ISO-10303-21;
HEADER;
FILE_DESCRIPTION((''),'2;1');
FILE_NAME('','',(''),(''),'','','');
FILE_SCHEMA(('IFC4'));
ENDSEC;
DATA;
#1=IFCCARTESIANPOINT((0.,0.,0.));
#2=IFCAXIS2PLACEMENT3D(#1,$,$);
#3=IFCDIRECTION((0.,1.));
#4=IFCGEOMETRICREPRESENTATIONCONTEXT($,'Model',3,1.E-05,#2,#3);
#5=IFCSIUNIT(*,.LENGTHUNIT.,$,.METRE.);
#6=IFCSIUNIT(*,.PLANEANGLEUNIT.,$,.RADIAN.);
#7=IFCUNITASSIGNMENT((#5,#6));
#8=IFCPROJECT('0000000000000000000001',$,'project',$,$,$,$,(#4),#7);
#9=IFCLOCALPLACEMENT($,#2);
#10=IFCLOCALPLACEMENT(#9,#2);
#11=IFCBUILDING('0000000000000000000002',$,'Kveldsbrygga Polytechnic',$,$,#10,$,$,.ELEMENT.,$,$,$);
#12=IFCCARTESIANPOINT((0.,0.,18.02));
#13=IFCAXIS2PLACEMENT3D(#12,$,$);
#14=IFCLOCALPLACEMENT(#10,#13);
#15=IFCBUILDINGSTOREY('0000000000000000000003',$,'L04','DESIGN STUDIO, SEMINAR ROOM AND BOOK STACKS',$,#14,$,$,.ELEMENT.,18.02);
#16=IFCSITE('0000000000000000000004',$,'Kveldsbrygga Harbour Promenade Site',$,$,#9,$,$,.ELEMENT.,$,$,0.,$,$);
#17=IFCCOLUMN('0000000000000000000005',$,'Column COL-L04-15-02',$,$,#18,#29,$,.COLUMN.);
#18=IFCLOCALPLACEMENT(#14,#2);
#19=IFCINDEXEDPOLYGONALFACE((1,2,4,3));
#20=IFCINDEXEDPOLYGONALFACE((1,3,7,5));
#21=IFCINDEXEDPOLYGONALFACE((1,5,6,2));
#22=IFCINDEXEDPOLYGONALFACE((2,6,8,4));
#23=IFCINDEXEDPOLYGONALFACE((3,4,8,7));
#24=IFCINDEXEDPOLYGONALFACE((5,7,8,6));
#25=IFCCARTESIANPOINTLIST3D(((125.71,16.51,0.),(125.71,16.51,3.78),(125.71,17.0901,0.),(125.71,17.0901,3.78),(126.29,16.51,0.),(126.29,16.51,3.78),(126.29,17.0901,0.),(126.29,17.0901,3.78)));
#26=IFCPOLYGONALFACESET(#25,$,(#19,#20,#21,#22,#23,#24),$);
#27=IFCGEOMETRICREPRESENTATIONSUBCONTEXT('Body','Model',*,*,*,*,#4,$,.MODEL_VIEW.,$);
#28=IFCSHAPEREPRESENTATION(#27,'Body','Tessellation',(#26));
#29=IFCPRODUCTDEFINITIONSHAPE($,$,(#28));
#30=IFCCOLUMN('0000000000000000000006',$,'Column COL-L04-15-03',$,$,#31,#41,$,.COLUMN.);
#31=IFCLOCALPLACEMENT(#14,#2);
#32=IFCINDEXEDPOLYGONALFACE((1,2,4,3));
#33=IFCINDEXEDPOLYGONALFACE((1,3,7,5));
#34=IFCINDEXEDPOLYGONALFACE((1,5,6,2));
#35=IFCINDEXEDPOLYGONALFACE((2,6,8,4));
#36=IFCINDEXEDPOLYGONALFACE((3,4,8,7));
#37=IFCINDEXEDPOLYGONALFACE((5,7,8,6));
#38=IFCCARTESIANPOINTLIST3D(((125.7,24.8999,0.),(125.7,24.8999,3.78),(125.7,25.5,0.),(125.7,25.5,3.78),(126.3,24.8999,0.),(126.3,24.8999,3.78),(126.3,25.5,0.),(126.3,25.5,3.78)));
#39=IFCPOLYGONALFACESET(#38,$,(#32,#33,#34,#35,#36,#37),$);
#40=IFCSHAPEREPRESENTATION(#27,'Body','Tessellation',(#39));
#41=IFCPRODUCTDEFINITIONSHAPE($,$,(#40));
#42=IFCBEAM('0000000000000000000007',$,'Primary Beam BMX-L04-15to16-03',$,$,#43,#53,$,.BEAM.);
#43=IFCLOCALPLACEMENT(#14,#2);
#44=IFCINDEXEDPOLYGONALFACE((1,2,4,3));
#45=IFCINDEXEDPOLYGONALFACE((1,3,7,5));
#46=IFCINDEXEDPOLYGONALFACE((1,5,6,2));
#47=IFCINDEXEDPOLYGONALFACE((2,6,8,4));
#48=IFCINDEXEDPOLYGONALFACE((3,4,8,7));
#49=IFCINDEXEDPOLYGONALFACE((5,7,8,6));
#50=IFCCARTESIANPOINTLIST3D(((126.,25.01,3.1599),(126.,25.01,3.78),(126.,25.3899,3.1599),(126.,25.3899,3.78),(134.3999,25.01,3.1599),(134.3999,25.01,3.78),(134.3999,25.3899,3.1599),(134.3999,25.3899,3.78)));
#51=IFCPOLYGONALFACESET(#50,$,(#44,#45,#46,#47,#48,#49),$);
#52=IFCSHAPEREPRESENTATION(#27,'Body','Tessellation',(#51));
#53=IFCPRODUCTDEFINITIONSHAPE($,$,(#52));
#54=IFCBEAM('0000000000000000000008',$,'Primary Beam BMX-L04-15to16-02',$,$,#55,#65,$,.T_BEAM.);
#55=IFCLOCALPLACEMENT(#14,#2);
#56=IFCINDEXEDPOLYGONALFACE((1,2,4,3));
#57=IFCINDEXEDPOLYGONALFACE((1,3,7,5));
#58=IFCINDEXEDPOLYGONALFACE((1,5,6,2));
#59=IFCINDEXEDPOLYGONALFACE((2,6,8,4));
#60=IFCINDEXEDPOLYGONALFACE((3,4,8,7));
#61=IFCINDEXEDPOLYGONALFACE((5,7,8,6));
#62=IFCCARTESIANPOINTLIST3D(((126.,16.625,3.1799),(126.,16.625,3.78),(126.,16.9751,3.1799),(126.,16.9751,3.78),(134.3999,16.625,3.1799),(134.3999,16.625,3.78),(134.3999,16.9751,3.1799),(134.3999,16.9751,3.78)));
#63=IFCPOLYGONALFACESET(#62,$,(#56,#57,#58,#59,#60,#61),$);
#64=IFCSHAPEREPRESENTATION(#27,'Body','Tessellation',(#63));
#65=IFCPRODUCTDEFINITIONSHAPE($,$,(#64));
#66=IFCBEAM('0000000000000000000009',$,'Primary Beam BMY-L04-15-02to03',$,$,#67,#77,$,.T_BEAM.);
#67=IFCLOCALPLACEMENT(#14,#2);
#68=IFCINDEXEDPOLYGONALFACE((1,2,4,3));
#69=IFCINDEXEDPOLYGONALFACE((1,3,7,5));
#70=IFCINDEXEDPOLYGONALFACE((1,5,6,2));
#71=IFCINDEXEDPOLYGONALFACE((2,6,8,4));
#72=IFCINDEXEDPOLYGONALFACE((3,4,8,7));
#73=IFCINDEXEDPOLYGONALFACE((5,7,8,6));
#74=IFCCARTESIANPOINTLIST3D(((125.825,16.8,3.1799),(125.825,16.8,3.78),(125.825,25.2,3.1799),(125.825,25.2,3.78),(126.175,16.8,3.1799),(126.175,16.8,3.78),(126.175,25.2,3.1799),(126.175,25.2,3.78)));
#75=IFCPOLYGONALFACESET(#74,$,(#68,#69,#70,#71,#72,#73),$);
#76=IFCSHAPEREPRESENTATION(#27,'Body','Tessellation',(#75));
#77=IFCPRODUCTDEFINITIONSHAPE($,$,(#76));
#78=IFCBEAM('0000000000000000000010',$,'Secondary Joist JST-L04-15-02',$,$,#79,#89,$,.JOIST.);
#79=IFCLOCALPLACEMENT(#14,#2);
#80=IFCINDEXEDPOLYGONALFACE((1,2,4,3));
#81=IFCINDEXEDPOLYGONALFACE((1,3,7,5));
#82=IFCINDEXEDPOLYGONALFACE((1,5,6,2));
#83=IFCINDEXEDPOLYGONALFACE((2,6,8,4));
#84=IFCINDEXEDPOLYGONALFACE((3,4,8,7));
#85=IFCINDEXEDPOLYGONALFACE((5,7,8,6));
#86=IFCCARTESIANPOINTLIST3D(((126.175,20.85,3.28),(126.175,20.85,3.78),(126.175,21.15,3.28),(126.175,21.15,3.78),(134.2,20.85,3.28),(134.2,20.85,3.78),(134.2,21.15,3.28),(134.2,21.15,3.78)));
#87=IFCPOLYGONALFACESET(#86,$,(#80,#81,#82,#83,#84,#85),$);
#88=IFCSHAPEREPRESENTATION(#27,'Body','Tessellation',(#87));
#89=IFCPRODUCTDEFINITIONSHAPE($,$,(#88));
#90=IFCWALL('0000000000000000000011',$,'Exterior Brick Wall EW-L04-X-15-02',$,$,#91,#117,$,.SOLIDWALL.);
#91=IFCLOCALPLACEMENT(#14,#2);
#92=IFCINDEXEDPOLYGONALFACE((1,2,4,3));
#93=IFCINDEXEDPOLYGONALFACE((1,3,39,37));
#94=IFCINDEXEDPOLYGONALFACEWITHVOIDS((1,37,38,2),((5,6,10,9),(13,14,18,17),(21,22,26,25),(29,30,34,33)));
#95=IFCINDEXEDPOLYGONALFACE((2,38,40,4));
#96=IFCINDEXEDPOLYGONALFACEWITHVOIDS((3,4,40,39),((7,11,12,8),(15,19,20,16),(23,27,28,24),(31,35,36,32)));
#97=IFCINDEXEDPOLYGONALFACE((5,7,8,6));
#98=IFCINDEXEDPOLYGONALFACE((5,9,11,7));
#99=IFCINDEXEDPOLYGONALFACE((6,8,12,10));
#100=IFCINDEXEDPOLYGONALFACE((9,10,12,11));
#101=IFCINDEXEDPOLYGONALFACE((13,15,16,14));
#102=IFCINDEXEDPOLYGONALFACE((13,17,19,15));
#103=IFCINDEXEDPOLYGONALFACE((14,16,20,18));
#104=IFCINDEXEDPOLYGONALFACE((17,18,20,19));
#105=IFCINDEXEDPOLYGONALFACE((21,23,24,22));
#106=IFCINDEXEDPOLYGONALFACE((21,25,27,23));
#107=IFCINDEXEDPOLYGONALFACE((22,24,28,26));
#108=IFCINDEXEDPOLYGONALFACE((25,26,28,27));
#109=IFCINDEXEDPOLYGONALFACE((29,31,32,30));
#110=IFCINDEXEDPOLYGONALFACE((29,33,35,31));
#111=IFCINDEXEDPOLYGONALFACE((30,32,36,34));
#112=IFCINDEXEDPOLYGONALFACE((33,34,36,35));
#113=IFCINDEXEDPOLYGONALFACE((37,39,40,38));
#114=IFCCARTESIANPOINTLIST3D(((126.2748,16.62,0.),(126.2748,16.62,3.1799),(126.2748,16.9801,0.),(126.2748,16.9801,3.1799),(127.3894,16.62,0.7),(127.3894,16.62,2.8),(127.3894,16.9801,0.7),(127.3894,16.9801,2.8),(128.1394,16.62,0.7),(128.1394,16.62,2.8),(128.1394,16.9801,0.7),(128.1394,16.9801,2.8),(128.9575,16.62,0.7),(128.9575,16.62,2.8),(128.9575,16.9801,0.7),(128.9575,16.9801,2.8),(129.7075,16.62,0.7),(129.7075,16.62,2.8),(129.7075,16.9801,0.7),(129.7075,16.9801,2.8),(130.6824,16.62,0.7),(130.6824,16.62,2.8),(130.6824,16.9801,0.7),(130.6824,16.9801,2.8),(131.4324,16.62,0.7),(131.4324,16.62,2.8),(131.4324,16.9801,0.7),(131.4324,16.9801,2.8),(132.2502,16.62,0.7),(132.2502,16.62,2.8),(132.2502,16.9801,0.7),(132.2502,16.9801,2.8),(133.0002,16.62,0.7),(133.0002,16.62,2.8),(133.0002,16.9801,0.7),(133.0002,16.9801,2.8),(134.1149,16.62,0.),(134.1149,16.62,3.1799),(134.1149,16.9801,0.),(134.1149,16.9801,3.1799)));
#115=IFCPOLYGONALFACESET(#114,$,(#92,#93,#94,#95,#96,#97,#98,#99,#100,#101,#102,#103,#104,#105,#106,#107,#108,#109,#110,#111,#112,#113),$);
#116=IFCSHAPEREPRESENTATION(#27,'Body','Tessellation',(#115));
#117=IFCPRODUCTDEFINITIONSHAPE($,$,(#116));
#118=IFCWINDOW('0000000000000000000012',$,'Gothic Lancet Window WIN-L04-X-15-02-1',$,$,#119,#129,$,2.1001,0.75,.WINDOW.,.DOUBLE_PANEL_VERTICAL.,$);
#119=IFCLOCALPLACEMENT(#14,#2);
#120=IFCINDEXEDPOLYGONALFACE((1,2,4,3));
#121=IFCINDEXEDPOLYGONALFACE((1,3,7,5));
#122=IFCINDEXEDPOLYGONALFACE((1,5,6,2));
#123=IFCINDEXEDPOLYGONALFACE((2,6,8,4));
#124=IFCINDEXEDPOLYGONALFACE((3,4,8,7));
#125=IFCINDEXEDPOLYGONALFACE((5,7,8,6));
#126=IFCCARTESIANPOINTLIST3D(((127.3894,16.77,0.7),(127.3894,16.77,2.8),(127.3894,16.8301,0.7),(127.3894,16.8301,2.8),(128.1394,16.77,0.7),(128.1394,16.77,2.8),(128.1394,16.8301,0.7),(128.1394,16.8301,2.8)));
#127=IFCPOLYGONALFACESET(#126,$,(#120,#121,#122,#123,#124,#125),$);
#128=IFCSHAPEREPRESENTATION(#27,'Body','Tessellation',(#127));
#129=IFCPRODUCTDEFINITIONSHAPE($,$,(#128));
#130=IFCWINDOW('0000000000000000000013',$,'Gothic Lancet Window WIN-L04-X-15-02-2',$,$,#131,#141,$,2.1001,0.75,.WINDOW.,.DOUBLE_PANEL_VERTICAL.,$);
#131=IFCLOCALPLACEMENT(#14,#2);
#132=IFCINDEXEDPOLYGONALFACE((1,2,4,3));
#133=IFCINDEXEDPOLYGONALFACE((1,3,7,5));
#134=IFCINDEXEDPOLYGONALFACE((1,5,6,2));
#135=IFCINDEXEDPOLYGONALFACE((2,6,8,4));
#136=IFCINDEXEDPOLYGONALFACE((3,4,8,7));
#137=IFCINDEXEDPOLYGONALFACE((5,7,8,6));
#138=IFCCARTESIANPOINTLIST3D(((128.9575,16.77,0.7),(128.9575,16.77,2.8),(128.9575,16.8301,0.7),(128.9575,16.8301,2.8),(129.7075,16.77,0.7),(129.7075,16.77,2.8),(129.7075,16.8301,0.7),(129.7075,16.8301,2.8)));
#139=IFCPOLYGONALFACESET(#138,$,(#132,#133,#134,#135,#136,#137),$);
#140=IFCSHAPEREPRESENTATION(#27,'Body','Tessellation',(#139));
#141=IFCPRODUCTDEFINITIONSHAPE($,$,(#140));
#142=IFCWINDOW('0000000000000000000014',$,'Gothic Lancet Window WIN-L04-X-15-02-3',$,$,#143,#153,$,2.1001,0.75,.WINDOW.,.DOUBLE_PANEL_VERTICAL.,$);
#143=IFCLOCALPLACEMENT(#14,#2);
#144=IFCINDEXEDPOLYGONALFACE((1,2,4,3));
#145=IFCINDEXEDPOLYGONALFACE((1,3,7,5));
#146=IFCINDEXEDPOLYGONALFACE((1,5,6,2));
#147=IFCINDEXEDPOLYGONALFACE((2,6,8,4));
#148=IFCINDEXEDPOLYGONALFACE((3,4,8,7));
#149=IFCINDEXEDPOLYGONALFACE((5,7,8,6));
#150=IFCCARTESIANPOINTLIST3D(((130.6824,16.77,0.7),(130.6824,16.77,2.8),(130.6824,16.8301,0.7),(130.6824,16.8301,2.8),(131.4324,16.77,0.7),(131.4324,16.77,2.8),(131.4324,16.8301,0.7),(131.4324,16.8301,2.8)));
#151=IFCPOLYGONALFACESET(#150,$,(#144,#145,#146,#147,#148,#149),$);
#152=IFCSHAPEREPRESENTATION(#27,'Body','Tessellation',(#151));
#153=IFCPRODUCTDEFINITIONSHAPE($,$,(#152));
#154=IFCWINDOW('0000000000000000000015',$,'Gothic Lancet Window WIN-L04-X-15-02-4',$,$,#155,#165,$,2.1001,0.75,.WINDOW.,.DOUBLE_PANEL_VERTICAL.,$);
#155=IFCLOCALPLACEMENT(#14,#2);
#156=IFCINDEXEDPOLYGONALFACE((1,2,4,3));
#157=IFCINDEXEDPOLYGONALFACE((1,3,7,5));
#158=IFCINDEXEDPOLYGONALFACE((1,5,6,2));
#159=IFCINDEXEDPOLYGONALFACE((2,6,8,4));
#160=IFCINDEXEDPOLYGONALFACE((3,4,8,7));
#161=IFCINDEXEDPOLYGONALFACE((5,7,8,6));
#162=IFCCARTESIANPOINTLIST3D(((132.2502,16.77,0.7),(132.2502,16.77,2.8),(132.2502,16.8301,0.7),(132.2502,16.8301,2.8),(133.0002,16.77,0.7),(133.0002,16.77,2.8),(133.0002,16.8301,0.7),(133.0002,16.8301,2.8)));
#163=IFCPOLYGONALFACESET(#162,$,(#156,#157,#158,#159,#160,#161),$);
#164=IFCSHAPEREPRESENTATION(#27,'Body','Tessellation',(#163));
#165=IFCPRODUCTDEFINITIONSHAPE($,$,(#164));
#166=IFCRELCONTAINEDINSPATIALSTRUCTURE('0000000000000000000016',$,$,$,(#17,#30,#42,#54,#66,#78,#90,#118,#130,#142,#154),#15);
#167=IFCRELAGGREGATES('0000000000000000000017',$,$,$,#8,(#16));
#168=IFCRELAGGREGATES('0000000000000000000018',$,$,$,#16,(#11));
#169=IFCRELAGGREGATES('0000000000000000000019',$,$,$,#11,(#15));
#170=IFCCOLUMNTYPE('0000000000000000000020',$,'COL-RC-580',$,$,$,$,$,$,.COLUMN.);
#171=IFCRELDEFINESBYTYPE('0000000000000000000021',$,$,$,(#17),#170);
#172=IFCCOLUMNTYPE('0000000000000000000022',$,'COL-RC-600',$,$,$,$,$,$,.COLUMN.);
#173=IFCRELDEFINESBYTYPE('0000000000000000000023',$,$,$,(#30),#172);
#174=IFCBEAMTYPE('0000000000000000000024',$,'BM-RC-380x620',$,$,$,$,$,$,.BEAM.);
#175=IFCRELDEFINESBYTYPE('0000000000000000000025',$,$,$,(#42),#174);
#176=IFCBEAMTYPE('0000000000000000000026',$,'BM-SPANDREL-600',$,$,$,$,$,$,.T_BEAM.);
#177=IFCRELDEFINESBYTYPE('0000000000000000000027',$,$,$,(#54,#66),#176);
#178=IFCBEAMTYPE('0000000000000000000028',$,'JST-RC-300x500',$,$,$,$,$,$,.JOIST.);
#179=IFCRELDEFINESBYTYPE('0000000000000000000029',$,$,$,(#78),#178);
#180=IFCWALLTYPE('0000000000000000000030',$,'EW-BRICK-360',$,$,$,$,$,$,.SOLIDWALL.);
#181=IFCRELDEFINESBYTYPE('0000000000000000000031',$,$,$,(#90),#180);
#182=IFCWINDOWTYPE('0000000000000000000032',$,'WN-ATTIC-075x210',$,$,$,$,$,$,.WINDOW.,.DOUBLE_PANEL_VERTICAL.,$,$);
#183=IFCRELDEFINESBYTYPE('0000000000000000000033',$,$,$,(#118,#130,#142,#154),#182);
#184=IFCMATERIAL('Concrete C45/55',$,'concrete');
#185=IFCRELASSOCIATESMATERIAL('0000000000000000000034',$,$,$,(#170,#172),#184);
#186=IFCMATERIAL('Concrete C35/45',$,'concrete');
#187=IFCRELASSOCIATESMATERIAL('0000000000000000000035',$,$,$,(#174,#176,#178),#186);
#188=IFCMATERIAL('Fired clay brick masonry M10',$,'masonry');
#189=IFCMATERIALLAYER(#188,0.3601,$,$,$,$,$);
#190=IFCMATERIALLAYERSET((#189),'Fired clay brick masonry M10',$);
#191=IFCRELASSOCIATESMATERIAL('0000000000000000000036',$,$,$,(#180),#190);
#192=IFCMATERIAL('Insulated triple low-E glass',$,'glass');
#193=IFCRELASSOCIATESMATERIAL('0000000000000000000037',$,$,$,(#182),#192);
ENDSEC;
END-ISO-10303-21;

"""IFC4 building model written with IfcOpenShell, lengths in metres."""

from ifc_helpers import new_model, si_unit, direction, frame, frame_2d, origin, origin_2d, place, context, subcontext, project, spatial, rectangle, extrude, material, layer, layer_set, material_profile, profile_set, type_object, element, fill, save


model = new_model("IFC4")

# Units and contexts
model_context = context("Model", 3, precision=1e-05, world=origin(), true_north=direction((0.0, 1.0)))
body_context = subcontext(model_context, "Body", "Model", "MODEL_VIEW")
ifc_project = project(units=[si_unit("LENGTHUNIT", "METRE"), si_unit("PLANEANGLEUNIT", "RADIAN")], contexts=[model_context])

# Site, building, storey
site_placement = place(None, origin())
site = spatial("IfcSite", under=ifc_project, at=site_placement, Name="Kveldsbrygga Harbour Promenade Site", CompositionType="ELEMENT", RefElevation=0.0)
building_placement = place(site_placement, origin())
building = spatial("IfcBuilding", under=site, at=building_placement, Name="Kveldsbrygga Polytechnic", CompositionType="ELEMENT")
storey_placement = place(building_placement, frame((0.0, 0.0, 18.02)))
storey = spatial("IfcBuildingStorey", under=building, at=storey_placement, Name="L04", Description="DESIGN STUDIO, SEMINAR ROOM AND BOOK STACKS", CompositionType="ELEMENT", Elevation=18.02)

# Columns
ifc_material_1 = material(Name="Concrete C45/55", Category="concrete")
ifc_material_profile_1 = material_profile(ifc_material_1, rectangle(XDim=0.5801, YDim=0.5801, at=origin_2d()), Name="RC 580x580")
ifc_profile_set_1 = profile_set([ifc_material_profile_1], Name="Concrete C45/55")
column_type_1 = type_object("IfcColumnType", Name="COL-RC-580", PredefinedType="COLUMN", material=ifc_profile_set_1)
column_1_placement = place(storey_placement, frame((126.0, 16.8, 0.0), z_axis=(0.0, 0.0, 1.0), x_axis=(1.0, 0.0, 0.0)))
element("IfcColumn", 1, at=column_1_placement, inside=storey, type_object=column_type_1, Name="Column COL-L04-15-02", PredefinedType="COLUMN", context=body_context, shape_type="SweptSolid", body=[
    extrude(rectangle(XDim=0.5801, YDim=0.5801, at=origin_2d()), origin(), (0.0, 0.0, 1.0), 3.78),
])
ifc_material_profile_2 = material_profile(ifc_material_1, rectangle(XDim=0.6001, YDim=0.6001, at=origin_2d()), Name="RC 600x600")
ifc_profile_set_2 = profile_set([ifc_material_profile_2], Name="Concrete C45/55")
column_type_2 = type_object("IfcColumnType", Name="COL-RC-600", PredefinedType="COLUMN", material=ifc_profile_set_2)
column_2_placement = place(storey_placement, frame((126.0, 25.2, 0.0), z_axis=(0.0, 0.0, 1.0), x_axis=(1.0, 0.0, 0.0)))
element("IfcColumn", 2, at=column_2_placement, inside=storey, type_object=column_type_2, Name="Column COL-L04-15-03", PredefinedType="COLUMN", context=body_context, shape_type="SweptSolid", body=[
    extrude(rectangle(XDim=0.6001, YDim=0.6001, at=origin_2d()), origin(), (0.0, 0.0, 1.0), 3.78),
])

# Beams
ifc_material_2 = material(Name="Concrete C35/45", Category="concrete")
ifc_material_profile_3 = material_profile(ifc_material_2, rectangle(XDim=0.3799, YDim=0.6201, at=origin_2d()), Name="RC 380x620")
ifc_profile_set_3 = profile_set([ifc_material_profile_3], Name="Concrete C35/45")
beam_type_1 = type_object("IfcBeamType", Name="BM-RC-380x620", PredefinedType="BEAM", material=ifc_profile_set_3)
beam_1_placement = place(storey_placement, frame((126.0, 25.2, 3.47), z_axis=(1.0, 0.0, 0.0), x_axis=(0.0, 1.0, 0.0)))
element("IfcBeam", 3, at=beam_1_placement, inside=storey, type_object=beam_type_1, Name="Primary Beam BMX-L04-15to16-03", PredefinedType="BEAM", context=body_context, shape_type="SweptSolid", body=[
    extrude(rectangle(XDim=0.3799, YDim=0.6201, at=origin_2d()), origin(), (0.0, 0.0, 1.0), 8.3999),
])
ifc_material_profile_4 = material_profile(ifc_material_2, rectangle(XDim=0.3501, YDim=0.6001, at=origin_2d()), Name="RC 350x600")
ifc_profile_set_4 = profile_set([ifc_material_profile_4], Name="Concrete C35/45")
beam_type_2 = type_object("IfcBeamType", Name="BM-SPANDREL-600", PredefinedType="T_BEAM", material=ifc_profile_set_4)
for number, where, z_axis, x_axis, name in (
    (4, (126.0, 16.8, 3.48), (1.0, 0.0, 0.0), (0.0, 1.0, 0.0), "Primary Beam BMX-L04-15to16-02"),
    (5, (126.0, 16.8, 3.48), (0.0, 1.0, 0.0), (-1.0, 0.0, 0.0), "Primary Beam BMY-L04-15-02to03"),
):
    element("IfcBeam", number, at=place(storey_placement, frame(where, z_axis=z_axis, x_axis=x_axis)), inside=storey, type_object=beam_type_2, Name=name, PredefinedType="T_BEAM", context=body_context, shape_type="SweptSolid", body=[
        extrude(rectangle(XDim=0.3501, YDim=0.6001, at=origin_2d()), origin(), (0.0, 0.0, 1.0), 8.3999),
    ])
ifc_material_profile_5 = material_profile(ifc_material_2, rectangle(XDim=0.3, YDim=0.5, at=origin_2d()), Name="RC 300x500")
ifc_profile_set_5 = profile_set([ifc_material_profile_5], Name="Concrete C35/45")
beam_type_3 = type_object("IfcBeamType", Name="JST-RC-300x500", PredefinedType="JOIST", material=ifc_profile_set_5)
beam_2_placement = place(storey_placement, frame((126.175, 21.0, 3.53), z_axis=(1.0, 0.0, 0.0), x_axis=(0.0, 1.0, 0.0)))
element("IfcBeam", 6, at=beam_2_placement, inside=storey, type_object=beam_type_3, Name="Secondary Joist JST-L04-15-02", PredefinedType="JOIST", context=body_context, shape_type="SweptSolid", body=[
    extrude(rectangle(XDim=0.3, YDim=0.5, at=origin_2d()), origin(), (0.0, 0.0, 1.0), 8.0249),
])

# Wall, openings, windows
ifc_material_3 = material(Name="Fired clay brick masonry M10", Category="masonry")
ifc_layer_1 = layer(ifc_material_3, 0.3601)
ifc_layer_set_1 = layer_set([ifc_layer_1], Name="Fired clay brick masonry M10")
wall_type_1 = type_object("IfcWallType", Name="EW-BRICK-360", PredefinedType="SOLIDWALL", material=ifc_layer_set_1)
wall_1_placement = place(storey_placement, frame((126.2749, 16.8, 0.0), z_axis=(0.0, 0.0, 1.0), x_axis=(1.0, 0.0, 0.0)))
wall_1 = element("IfcWall", 7, at=wall_1_placement, inside=storey, type_object=wall_type_1, Name="Exterior Brick Wall EW-L04-X-15-02", PredefinedType="SOLIDWALL", context=body_context, shape_type="SweptSolid", body=[
    extrude(rectangle(XDim=7.8401, YDim=0.3601, at=frame_2d((3.9199, 0.0))), origin(), (0.0, 0.0, 1.0), 3.1799),
])
opening_1_placement = place(wall_1_placement, frame((1.1145, 0.0, 0.7)))
opening_1 = element("IfcOpeningElement", 8, at=opening_1_placement, cuts=wall_1, PredefinedType="OPENING", context=body_context, shape_type="SweptSolid", body=[
    extrude(rectangle(XDim=0.75, YDim=2.1001, at=frame_2d((0.375, 1.05))), frame((0.0, 0.1899, 0.0), z_axis=(0.0, -1.0, 0.0), x_axis=(1.0, 0.0, 0.0)), (0.0, 0.0, 1.0), 0.3801),
])
opening_2_placement = place(wall_1_placement, frame((2.6826, 0.0, 0.7)))
opening_2 = element("IfcOpeningElement", 9, at=opening_2_placement, cuts=wall_1, PredefinedType="OPENING", context=body_context, shape_type="SweptSolid", body=[
    extrude(rectangle(XDim=0.75, YDim=2.1001, at=frame_2d((0.375, 1.05))), frame((0.0, 0.1899, 0.0), z_axis=(0.0, -1.0, 0.0), x_axis=(1.0, 0.0, 0.0)), (0.0, 0.0, 1.0), 0.3801),
])
opening_3_placement = place(wall_1_placement, frame((4.4075, 0.0, 0.7)))
opening_3 = element("IfcOpeningElement", 10, at=opening_3_placement, cuts=wall_1, PredefinedType="OPENING", context=body_context, shape_type="SweptSolid", body=[
    extrude(rectangle(XDim=0.75, YDim=2.1001, at=frame_2d((0.375, 1.05))), frame((0.0, 0.1899, 0.0), z_axis=(0.0, -1.0, 0.0), x_axis=(1.0, 0.0, 0.0)), (0.0, 0.0, 1.0), 0.3801),
])
opening_4_placement = place(wall_1_placement, frame((5.9753, 0.0, 0.7)))
opening_4 = element("IfcOpeningElement", 11, at=opening_4_placement, cuts=wall_1, PredefinedType="OPENING", context=body_context, shape_type="SweptSolid", body=[
    extrude(rectangle(XDim=0.75, YDim=2.1001, at=frame_2d((0.375, 1.05))), frame((0.0, 0.1899, 0.0), z_axis=(0.0, -1.0, 0.0), x_axis=(1.0, 0.0, 0.0)), (0.0, 0.0, 1.0), 0.3801),
])
ifc_material_4 = material(Name="Insulated triple low-E glass", Category="glass")
window_type = type_object("IfcWindowType", Name="WN-ATTIC-075x210", PartitioningType="DOUBLE_PANEL_VERTICAL", PredefinedType="WINDOW", material=ifc_material_4)
window_1_placement = place(opening_1_placement, origin())
window_1 = element("IfcWindow", 12, at=window_1_placement, inside=storey, type_object=window_type, Name="Gothic Lancet Window WIN-L04-X-15-02-1", OverallHeight=2.1001, OverallWidth=0.75, PartitioningType="DOUBLE_PANEL_VERTICAL", PredefinedType="WINDOW", context=body_context, shape_type="SweptSolid", body=[
    extrude(rectangle(XDim=0.75, YDim=2.1001, at=frame_2d((0.375, 1.05))), frame((0.0, 0.03, 0.0), z_axis=(0.0, -1.0, 0.0), x_axis=(1.0, 0.0, 0.0)), (0.0, 0.0, 1.0), 0.0601),
])
fill(opening_1, window_1)
window_2_placement = place(opening_2_placement, origin())
window_2 = element("IfcWindow", 13, at=window_2_placement, inside=storey, type_object=window_type, Name="Gothic Lancet Window WIN-L04-X-15-02-2", OverallHeight=2.1001, OverallWidth=0.75, PartitioningType="DOUBLE_PANEL_VERTICAL", PredefinedType="WINDOW", context=body_context, shape_type="SweptSolid", body=[
    extrude(rectangle(XDim=0.75, YDim=2.1001, at=frame_2d((0.375, 1.05))), frame((0.0, 0.03, 0.0), z_axis=(0.0, -1.0, 0.0), x_axis=(1.0, 0.0, 0.0)), (0.0, 0.0, 1.0), 0.0601),
])
fill(opening_2, window_2)
window_3_placement = place(opening_3_placement, origin())
window_3 = element("IfcWindow", 14, at=window_3_placement, inside=storey, type_object=window_type, Name="Gothic Lancet Window WIN-L04-X-15-02-3", OverallHeight=2.1001, OverallWidth=0.75, PartitioningType="DOUBLE_PANEL_VERTICAL", PredefinedType="WINDOW", context=body_context, shape_type="SweptSolid", body=[
    extrude(rectangle(XDim=0.75, YDim=2.1001, at=frame_2d((0.375, 1.05))), frame((0.0, 0.03, 0.0), z_axis=(0.0, -1.0, 0.0), x_axis=(1.0, 0.0, 0.0)), (0.0, 0.0, 1.0), 0.0601),
])
fill(opening_3, window_3)
window_4_placement = place(opening_4_placement, origin())
window_4 = element("IfcWindow", 15, at=window_4_placement, inside=storey, type_object=window_type, Name="Gothic Lancet Window WIN-L04-X-15-02-4", OverallHeight=2.1001, OverallWidth=0.75, PartitioningType="DOUBLE_PANEL_VERTICAL", PredefinedType="WINDOW", context=body_context, shape_type="SweptSolid", body=[
    extrude(rectangle(XDim=0.75, YDim=2.1001, at=frame_2d((0.375, 1.05))), frame((0.0, 0.03, 0.0), z_axis=(0.0, -1.0, 0.0), x_axis=(1.0, 0.0, 0.0)), (0.0, 0.0, 1.0), 0.0601),
])
fill(opening_4, window_4)

save(model, "model.ifc")
